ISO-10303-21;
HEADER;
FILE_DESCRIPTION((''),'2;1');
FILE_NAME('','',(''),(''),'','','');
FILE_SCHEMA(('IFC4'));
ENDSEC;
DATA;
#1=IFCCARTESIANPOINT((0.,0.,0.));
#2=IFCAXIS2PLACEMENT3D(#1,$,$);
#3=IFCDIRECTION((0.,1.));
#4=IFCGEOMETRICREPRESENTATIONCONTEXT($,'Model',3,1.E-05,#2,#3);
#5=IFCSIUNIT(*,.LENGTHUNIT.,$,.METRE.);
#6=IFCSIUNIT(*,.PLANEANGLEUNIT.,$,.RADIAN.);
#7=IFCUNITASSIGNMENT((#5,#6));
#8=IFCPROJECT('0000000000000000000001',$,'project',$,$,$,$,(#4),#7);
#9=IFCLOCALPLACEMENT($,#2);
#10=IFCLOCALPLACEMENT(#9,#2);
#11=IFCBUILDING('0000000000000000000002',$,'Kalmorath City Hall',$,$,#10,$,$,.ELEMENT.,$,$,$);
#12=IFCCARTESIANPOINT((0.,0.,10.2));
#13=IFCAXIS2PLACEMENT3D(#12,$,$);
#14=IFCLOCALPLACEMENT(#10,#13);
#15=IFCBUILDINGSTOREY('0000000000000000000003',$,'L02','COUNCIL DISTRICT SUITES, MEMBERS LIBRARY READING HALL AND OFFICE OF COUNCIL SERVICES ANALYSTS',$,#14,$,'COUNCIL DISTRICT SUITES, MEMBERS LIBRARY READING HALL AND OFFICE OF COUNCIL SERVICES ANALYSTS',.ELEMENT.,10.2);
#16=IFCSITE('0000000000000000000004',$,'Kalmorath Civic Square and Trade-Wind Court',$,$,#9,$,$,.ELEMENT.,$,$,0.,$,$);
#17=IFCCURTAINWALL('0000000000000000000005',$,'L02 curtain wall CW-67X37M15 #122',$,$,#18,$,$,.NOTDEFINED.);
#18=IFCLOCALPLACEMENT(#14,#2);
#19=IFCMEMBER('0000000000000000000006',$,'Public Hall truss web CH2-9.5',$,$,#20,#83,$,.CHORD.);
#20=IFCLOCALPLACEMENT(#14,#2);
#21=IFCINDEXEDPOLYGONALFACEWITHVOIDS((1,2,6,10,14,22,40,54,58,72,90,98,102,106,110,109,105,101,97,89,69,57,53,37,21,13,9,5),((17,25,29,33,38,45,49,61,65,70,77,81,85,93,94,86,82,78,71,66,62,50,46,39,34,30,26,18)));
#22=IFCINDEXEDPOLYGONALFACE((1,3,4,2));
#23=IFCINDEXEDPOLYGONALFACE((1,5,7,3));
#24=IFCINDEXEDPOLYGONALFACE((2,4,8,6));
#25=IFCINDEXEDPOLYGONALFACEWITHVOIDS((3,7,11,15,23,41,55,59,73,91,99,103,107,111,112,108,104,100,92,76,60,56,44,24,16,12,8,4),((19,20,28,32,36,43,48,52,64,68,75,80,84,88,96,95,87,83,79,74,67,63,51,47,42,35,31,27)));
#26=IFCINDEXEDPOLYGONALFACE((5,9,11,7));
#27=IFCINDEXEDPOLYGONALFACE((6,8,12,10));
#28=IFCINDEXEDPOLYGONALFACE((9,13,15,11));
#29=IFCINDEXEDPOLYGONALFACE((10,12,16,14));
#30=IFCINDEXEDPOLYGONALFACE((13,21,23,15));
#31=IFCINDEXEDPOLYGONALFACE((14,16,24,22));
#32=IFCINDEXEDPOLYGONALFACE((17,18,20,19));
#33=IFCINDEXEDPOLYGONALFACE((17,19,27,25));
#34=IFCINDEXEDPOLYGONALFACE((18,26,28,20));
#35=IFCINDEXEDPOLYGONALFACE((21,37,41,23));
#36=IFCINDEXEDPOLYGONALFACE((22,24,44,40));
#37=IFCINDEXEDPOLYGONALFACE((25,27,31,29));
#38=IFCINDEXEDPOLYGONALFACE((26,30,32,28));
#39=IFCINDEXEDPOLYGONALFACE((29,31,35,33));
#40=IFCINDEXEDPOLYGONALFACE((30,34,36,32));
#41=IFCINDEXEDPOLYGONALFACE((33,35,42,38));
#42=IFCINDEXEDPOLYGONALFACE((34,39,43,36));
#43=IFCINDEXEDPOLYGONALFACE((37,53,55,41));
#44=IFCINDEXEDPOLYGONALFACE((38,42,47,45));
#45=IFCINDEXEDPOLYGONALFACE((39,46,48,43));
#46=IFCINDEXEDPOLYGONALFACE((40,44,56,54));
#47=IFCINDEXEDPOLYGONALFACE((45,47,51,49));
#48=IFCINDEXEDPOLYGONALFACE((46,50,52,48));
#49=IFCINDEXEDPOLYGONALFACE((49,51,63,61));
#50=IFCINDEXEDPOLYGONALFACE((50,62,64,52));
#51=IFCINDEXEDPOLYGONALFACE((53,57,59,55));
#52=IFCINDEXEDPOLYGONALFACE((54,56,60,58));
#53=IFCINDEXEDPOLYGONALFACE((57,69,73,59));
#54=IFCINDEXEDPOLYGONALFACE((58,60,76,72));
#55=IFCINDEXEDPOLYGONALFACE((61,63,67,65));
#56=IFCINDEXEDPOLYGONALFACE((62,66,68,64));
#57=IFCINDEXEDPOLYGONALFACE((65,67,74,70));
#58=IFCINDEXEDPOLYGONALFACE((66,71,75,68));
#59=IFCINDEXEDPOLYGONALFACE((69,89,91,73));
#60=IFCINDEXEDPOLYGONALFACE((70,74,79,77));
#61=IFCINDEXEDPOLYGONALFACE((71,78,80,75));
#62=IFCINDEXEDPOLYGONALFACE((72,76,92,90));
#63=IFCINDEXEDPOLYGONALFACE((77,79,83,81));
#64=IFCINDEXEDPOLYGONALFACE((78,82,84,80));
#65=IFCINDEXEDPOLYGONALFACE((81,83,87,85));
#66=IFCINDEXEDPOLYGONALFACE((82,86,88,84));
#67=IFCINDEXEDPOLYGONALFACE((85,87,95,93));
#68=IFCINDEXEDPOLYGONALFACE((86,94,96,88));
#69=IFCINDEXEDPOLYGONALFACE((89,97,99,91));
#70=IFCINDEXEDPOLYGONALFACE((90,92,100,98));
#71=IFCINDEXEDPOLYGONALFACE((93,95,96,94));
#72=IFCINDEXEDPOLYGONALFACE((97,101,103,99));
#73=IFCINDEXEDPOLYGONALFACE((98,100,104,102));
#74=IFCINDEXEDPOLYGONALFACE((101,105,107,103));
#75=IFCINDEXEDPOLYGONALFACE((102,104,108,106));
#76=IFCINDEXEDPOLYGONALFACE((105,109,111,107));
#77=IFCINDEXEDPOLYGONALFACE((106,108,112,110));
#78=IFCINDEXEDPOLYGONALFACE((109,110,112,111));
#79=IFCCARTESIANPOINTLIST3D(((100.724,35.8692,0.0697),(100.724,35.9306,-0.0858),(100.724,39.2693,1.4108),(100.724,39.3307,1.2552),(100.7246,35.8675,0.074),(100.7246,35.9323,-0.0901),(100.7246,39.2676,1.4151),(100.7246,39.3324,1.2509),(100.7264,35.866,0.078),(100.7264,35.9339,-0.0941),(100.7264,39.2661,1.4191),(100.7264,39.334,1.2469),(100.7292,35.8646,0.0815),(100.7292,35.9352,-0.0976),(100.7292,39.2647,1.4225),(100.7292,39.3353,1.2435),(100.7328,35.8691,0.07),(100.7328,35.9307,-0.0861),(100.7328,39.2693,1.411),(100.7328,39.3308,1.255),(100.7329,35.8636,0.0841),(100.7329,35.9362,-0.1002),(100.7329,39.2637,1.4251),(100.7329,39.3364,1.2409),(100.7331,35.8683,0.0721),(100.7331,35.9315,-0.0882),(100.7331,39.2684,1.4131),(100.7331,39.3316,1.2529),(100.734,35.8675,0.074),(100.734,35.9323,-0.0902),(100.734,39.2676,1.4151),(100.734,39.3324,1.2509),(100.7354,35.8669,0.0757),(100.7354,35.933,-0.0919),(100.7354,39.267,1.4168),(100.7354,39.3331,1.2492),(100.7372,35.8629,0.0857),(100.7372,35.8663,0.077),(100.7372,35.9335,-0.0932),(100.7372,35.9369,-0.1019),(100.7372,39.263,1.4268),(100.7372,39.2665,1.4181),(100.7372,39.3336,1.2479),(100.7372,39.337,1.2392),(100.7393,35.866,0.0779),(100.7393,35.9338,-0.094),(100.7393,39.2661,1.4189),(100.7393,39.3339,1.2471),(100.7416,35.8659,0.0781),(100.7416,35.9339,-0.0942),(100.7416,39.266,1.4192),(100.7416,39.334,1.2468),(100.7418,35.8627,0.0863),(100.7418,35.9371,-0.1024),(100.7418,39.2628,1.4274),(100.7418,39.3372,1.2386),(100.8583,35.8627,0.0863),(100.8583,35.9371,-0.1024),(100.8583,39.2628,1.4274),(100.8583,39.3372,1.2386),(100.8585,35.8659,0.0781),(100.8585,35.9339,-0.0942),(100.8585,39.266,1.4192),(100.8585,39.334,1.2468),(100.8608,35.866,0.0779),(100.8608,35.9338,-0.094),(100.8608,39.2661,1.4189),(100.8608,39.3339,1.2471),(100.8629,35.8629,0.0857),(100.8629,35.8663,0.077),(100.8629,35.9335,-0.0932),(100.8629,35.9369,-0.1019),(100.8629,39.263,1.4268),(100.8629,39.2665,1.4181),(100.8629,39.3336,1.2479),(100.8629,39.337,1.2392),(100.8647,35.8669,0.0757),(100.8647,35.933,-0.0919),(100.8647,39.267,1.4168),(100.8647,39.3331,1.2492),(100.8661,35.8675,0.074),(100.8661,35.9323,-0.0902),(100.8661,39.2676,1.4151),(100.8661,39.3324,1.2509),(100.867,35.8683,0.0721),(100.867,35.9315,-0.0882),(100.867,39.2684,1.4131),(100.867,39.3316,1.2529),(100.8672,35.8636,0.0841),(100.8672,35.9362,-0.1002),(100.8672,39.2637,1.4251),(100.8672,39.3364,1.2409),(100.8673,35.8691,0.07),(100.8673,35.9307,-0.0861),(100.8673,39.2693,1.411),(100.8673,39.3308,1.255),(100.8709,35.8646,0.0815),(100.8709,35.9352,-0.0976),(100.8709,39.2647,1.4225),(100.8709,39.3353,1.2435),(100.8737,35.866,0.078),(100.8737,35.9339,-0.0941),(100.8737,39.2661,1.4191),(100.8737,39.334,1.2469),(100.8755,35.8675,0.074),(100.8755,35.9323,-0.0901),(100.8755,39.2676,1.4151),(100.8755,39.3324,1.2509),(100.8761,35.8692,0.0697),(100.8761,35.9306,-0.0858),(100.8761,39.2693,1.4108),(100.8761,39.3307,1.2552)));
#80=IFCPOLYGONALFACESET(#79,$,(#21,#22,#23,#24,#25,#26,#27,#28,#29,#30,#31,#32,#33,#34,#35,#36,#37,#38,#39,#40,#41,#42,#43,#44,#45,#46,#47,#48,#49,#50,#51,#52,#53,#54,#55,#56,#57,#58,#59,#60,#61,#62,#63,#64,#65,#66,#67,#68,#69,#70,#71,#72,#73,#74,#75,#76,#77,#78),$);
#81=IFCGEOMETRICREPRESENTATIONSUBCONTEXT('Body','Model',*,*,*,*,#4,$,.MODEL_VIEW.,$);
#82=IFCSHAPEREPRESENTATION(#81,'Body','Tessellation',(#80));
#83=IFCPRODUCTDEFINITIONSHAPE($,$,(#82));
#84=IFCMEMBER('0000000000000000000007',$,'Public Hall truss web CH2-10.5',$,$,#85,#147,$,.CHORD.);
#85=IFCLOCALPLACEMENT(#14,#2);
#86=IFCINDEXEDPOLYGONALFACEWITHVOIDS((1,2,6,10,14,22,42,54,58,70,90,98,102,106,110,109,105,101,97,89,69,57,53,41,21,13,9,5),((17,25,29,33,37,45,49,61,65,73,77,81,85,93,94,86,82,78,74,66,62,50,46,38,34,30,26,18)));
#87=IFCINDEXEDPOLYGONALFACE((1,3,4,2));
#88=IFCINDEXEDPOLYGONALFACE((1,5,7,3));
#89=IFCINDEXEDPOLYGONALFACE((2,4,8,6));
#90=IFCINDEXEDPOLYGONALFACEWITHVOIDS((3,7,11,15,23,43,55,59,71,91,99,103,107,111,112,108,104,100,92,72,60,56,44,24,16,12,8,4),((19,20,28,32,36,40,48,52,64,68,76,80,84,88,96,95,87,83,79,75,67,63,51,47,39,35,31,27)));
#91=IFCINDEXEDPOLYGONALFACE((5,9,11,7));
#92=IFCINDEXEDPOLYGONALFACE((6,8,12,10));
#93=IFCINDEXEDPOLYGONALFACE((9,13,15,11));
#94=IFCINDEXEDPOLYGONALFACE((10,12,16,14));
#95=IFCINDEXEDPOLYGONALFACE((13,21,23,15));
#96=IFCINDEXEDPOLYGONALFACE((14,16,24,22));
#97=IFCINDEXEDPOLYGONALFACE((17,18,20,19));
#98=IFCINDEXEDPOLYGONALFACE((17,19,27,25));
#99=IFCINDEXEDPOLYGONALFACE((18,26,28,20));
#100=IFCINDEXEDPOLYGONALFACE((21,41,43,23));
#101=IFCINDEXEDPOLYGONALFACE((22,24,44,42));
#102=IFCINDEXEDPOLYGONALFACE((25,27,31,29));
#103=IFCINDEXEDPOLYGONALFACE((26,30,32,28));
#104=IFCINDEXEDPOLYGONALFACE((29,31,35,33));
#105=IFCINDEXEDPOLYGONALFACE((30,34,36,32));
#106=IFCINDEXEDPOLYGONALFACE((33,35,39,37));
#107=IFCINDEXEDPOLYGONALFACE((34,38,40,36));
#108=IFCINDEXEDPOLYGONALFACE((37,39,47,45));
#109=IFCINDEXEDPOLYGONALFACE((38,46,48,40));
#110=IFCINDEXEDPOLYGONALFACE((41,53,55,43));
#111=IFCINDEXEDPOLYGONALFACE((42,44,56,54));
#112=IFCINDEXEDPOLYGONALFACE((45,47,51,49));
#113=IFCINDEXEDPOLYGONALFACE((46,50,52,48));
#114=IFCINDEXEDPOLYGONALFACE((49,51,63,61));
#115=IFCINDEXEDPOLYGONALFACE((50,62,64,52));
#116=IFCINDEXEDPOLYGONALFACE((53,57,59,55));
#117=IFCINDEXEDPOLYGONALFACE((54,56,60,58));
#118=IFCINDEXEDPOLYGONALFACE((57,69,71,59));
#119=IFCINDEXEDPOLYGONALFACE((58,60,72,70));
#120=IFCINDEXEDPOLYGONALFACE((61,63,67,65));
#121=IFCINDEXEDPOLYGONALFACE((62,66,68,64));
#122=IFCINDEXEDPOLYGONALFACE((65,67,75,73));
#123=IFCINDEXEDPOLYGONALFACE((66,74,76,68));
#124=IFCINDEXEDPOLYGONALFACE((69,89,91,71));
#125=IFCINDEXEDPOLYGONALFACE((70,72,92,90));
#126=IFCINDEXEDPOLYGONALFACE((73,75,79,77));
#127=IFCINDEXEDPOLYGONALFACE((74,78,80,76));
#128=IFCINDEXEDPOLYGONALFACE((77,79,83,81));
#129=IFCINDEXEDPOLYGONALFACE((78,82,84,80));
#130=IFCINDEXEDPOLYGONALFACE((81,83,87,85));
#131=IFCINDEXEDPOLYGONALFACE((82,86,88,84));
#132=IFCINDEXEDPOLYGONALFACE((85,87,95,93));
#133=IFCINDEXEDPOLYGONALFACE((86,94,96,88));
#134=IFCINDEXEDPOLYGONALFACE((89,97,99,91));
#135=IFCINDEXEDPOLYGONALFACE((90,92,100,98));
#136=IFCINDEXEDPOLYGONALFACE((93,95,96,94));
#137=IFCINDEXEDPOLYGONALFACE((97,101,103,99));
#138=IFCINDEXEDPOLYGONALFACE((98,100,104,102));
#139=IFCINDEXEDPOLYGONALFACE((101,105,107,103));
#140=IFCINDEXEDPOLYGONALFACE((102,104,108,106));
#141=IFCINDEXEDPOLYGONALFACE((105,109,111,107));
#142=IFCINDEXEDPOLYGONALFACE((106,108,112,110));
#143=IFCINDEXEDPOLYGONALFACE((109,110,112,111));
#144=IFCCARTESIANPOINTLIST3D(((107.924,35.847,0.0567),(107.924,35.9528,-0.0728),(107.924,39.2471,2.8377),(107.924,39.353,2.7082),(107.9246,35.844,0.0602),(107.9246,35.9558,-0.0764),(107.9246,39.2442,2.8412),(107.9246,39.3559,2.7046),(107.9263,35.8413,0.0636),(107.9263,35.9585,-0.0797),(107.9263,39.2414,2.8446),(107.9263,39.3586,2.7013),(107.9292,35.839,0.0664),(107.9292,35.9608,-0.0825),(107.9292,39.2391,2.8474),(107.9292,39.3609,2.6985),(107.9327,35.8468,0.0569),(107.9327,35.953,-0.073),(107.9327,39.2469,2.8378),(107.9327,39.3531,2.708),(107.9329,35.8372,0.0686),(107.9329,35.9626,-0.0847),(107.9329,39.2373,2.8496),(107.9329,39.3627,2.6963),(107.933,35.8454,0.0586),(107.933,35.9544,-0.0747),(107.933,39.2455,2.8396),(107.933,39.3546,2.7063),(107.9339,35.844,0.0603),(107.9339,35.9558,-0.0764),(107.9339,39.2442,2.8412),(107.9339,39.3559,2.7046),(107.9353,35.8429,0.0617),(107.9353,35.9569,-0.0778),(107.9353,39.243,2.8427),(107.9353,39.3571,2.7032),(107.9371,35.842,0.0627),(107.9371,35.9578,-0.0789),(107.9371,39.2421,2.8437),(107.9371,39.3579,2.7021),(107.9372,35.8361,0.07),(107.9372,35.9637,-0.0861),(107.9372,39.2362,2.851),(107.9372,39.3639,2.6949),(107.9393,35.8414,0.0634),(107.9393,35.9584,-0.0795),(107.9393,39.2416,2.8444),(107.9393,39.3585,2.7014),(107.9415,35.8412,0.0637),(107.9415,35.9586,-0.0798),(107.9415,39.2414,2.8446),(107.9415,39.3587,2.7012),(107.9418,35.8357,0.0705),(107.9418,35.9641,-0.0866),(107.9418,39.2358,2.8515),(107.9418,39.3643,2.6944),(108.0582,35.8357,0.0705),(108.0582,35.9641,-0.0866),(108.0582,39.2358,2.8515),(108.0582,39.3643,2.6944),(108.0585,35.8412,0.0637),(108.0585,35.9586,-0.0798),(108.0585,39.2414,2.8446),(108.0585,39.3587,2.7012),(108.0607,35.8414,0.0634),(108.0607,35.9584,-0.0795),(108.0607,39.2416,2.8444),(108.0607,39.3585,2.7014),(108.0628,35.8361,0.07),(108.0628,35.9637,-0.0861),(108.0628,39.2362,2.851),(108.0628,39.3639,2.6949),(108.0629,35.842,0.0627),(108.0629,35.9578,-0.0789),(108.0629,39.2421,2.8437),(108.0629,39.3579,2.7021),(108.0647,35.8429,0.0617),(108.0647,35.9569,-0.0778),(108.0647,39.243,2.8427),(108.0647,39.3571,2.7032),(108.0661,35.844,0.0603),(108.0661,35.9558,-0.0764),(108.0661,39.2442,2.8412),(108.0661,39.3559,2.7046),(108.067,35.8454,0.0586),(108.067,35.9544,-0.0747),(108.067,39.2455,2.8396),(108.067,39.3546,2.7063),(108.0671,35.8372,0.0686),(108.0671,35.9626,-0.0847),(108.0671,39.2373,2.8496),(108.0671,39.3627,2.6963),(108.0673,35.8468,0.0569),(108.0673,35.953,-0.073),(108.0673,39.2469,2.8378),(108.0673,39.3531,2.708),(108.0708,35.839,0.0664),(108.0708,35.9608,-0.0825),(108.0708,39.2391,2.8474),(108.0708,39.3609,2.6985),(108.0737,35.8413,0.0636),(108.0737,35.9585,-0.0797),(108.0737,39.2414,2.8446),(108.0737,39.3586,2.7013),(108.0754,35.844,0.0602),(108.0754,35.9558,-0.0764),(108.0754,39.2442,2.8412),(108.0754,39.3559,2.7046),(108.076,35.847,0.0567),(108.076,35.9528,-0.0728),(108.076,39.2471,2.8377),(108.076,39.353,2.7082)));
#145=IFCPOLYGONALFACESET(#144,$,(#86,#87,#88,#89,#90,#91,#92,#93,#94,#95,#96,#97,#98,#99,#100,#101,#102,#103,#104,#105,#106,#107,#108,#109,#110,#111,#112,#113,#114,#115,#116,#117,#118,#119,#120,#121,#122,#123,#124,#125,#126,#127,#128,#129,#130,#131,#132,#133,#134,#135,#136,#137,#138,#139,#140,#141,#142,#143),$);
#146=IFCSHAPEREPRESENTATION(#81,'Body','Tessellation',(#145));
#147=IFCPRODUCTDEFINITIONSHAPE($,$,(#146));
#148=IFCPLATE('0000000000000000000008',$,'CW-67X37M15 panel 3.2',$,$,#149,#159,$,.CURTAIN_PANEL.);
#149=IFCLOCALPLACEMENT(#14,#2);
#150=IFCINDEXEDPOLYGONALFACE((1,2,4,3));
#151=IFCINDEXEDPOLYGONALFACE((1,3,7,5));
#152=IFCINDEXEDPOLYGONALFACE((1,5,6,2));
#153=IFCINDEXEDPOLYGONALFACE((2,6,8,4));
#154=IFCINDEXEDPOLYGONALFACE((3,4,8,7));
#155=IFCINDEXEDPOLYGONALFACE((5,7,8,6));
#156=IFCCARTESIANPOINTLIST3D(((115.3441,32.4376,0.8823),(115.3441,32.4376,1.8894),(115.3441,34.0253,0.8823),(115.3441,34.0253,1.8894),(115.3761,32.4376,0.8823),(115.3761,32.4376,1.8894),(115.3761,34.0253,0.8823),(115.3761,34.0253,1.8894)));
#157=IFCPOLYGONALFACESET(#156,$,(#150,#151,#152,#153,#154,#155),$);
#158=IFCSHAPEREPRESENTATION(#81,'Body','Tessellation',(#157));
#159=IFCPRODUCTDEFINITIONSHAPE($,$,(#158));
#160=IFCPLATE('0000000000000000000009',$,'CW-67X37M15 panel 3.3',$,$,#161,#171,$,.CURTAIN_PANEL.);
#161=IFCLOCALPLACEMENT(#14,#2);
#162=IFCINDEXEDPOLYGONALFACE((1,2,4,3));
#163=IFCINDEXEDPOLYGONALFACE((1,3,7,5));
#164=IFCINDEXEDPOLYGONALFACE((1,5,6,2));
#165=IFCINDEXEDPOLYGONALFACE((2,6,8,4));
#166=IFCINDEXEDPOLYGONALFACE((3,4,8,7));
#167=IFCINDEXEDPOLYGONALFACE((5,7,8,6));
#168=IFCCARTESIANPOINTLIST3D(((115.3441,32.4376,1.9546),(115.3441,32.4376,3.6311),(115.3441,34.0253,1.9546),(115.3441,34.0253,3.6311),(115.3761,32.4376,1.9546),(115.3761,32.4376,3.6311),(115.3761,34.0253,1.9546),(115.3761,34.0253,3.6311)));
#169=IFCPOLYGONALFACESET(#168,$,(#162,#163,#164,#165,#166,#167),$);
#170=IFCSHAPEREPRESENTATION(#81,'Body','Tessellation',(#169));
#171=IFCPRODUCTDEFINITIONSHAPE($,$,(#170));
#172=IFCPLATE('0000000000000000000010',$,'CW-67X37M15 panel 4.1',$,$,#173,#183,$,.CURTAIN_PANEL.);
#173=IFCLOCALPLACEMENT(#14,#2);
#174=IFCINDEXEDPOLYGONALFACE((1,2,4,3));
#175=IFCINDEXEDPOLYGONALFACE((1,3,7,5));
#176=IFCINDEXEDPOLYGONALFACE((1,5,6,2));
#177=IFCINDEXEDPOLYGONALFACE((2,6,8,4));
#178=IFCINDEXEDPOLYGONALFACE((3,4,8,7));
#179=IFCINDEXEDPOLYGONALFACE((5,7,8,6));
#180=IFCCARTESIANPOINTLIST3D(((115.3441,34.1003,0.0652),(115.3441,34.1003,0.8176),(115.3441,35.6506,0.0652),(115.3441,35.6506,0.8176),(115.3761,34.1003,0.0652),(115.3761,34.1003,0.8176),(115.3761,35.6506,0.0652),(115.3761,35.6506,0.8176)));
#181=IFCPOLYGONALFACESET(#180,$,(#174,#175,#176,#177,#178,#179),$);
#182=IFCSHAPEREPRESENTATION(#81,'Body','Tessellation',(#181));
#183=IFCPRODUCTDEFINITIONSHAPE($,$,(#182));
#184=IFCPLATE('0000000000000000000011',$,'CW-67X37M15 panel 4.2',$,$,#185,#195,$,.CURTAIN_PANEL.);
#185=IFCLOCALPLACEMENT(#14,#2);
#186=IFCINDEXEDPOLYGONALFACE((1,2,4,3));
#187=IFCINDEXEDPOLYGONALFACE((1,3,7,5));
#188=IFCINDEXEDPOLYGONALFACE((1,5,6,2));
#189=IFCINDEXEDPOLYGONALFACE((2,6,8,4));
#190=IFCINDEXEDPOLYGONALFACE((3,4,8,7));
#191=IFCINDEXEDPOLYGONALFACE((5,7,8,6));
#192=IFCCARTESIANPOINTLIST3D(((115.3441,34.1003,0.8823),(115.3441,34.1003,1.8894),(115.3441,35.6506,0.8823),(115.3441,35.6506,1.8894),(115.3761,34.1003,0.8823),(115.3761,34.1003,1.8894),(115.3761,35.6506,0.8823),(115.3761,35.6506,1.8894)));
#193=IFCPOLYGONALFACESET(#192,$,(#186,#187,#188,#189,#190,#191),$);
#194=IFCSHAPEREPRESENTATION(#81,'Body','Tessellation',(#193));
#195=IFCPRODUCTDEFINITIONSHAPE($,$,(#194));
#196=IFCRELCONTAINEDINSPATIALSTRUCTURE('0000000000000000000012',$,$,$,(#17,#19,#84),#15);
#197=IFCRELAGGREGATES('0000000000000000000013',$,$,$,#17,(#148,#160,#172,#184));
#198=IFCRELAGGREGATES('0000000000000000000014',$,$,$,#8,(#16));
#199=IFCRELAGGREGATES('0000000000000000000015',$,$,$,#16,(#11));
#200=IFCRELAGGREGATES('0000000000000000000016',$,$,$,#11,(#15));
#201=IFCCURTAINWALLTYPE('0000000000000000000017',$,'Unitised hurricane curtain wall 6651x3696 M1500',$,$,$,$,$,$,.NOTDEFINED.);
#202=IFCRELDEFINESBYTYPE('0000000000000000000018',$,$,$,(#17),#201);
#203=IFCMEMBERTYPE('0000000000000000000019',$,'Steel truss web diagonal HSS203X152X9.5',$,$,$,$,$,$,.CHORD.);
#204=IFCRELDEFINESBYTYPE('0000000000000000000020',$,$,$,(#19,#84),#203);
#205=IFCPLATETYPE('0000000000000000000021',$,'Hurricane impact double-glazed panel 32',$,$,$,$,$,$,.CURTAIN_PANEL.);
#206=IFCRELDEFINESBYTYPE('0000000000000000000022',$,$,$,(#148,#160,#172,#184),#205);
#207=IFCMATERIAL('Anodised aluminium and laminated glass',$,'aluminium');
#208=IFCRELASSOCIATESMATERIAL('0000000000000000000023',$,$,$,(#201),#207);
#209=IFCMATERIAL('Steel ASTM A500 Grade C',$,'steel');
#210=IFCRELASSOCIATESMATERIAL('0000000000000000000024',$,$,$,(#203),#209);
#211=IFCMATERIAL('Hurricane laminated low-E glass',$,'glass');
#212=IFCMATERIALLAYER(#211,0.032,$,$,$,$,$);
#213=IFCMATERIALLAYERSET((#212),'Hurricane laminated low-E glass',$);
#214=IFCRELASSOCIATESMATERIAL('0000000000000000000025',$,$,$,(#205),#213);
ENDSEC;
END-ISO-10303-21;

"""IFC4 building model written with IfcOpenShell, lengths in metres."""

from ifc_helpers import new_model, si_unit, direction, frame, origin, origin_2d, place, context, subcontext, project, spatial, rectangle, hollow_rectangle, extrude, material, layer, layer_set, material_profile, profile_set, type_object, element, aggregate, save


model = new_model("IFC4")

# Units and contexts
model_context = context("Model", 3, precision=1e-05, world=origin(), true_north=direction((0.0, 1.0)))
body_context = subcontext(model_context, "Body", "Model", "MODEL_VIEW")
ifc_project = project(units=[si_unit("LENGTHUNIT", "METRE"), si_unit("PLANEANGLEUNIT", "RADIAN")], contexts=[model_context])

# Site, building, storey
site_placement = place(None, origin())
site = spatial("IfcSite", under=ifc_project, at=site_placement, Name="Kalmorath Civic Square and Trade-Wind Court", CompositionType="ELEMENT", RefElevation=0.0)
building_placement = place(site_placement, origin())
building = spatial("IfcBuilding", under=site, at=building_placement, Name="Kalmorath City Hall", CompositionType="ELEMENT")
storey_placement = place(building_placement, frame((0.0, 0.0, 10.2)))
storey = spatial("IfcBuildingStorey", under=building, at=storey_placement, Name="L02", Description="COUNCIL DISTRICT SUITES, MEMBERS LIBRARY READING HALL AND OFFICE OF COUNCIL SERVICES ANALYSTS", LongName="COUNCIL DISTRICT SUITES, MEMBERS LIBRARY READING HALL AND OFFICE OF COUNCIL SERVICES ANALYSTS", CompositionType="ELEMENT", Elevation=10.2)

# Curtain wall
ifc_material_1 = material(Name="Anodised aluminium and laminated glass", Category="aluminium")
curtain_wall_type = type_object("IfcCurtainWallType", Name="Unitised hurricane curtain wall 6651x3696 M1500", PredefinedType="NOTDEFINED", material=ifc_material_1)
curtain_wall_placement = place(storey_placement, origin())
curtain_wall = element("IfcCurtainWall", 1, at=curtain_wall_placement, inside=storey, type_object=curtain_wall_type, Name="L02 curtain wall CW-67X37M15 #122", PredefinedType="NOTDEFINED")

# Members
ifc_material_2 = material(Name="Steel ASTM A500 Grade C", Category="steel")
ifc_material_profile_1 = material_profile(ifc_material_2, hollow_rectangle(XDim=0.1521, YDim=0.2029, WallThickness=0.0088, InnerFilletRadius=0.0088, OuterFilletRadius=0.0178, at=origin_2d()), Name="HSS203X152X9.5")
ifc_profile_set_1 = profile_set([ifc_material_profile_1], Name="Steel ASTM A500 Grade C")
member_type_1 = type_object("IfcMemberType", Name="Steel truss web diagonal HSS203X152X9.5", PredefinedType="CHORD", material=ifc_profile_set_1)
member_1_placement = place(storey_placement, frame((100.8, 35.8999, -0.0081), z_axis=(0.0, 0.930258, 0.366906), x_axis=(-1.0, 0.0, 0.0)))
element("IfcMember", 2, at=member_1_placement, inside=storey, type_object=member_type_1, Name="Public Hall truss web CH2-9.5", PredefinedType="CHORD", context=body_context, shape_type="SweptSolid", body=[
    extrude(hollow_rectangle(XDim=0.1521, YDim=0.2029, WallThickness=0.0088, InnerFilletRadius=0.0088, OuterFilletRadius=0.0178, at=origin_2d()), origin(), (0.0, 0.0, 1.0), 3.655),
])
member_2_placement = place(storey_placement, frame((108.0, 35.8999, -0.0081), z_axis=(0.0, 0.774061, 0.633111), x_axis=(-1.0, 0.0, 0.0)))
element("IfcMember", 3, at=member_2_placement, inside=storey, type_object=member_type_1, Name="Public Hall truss web CH2-10.5", PredefinedType="CHORD", context=body_context, shape_type="SweptSolid", body=[
    extrude(hollow_rectangle(XDim=0.1521, YDim=0.2029, WallThickness=0.0088, InnerFilletRadius=0.0088, OuterFilletRadius=0.0178, at=origin_2d()), origin(), (0.0, 0.0, 1.0), 4.3926),
])

# Plates
ifc_material_3 = material(Name="Hurricane laminated low-E glass", Category="glass")
ifc_layer_1 = layer(ifc_material_3, 0.032)
ifc_layer_set_1 = layer_set([ifc_layer_1], Name="Hurricane laminated low-E glass")
plate_type_1 = type_object("IfcPlateType", Name="Hurricane impact double-glazed panel 32", PredefinedType="CURTAIN_PANEL", material=ifc_layer_set_1)
plate_1_placement = place(storey_placement, frame((115.3601, 33.2314, 0.8823), z_axis=(0.0, 0.0, 1.0), x_axis=(0.0, 1.0, 0.0)))
plate_1 = element("IfcPlate", 4, at=plate_1_placement, type_object=plate_type_1, Name="CW-67X37M15 panel 3.2", PredefinedType="CURTAIN_PANEL", context=body_context, shape_type="SweptSolid", body=[
    extrude(rectangle(XDim=1.5876, YDim=0.032, at=origin_2d()), origin(), (0.0, 0.0, 1.0), 1.0071),
])
plate_2_placement = place(storey_placement, frame((115.3601, 33.2314, 1.9546), z_axis=(0.0, 0.0, 1.0), x_axis=(0.0, 1.0, 0.0)))
plate_2 = element("IfcPlate", 5, at=plate_2_placement, type_object=plate_type_1, Name="CW-67X37M15 panel 3.3", PredefinedType="CURTAIN_PANEL", context=body_context, shape_type="SweptSolid", body=[
    extrude(rectangle(XDim=1.5876, YDim=0.032, at=origin_2d()), origin(), (0.0, 0.0, 1.0), 1.6765),
])
plate_3_placement = place(storey_placement, frame((115.3601, 34.8755, 0.0652), z_axis=(0.0, 0.0, 1.0), x_axis=(0.0, 1.0, 0.0)))
plate_3 = element("IfcPlate", 6, at=plate_3_placement, type_object=plate_type_1, Name="CW-67X37M15 panel 4.1", PredefinedType="CURTAIN_PANEL", context=body_context, shape_type="SweptSolid", body=[
    extrude(rectangle(XDim=1.5503, YDim=0.032, at=origin_2d()), origin(), (0.0, 0.0, 1.0), 0.7524),
])
plate_4_placement = place(storey_placement, frame((115.3601, 34.8755, 0.8823), z_axis=(0.0, 0.0, 1.0), x_axis=(0.0, 1.0, 0.0)))
plate_4 = element("IfcPlate", 7, at=plate_4_placement, type_object=plate_type_1, Name="CW-67X37M15 panel 4.2", PredefinedType="CURTAIN_PANEL", context=body_context, shape_type="SweptSolid", body=[
    extrude(rectangle(XDim=1.5503, YDim=0.032, at=origin_2d()), origin(), (0.0, 0.0, 1.0), 1.0071),
])
aggregate(curtain_wall, [plate_1, plate_2, plate_3, plate_4])

save(model, "model.ifc")
